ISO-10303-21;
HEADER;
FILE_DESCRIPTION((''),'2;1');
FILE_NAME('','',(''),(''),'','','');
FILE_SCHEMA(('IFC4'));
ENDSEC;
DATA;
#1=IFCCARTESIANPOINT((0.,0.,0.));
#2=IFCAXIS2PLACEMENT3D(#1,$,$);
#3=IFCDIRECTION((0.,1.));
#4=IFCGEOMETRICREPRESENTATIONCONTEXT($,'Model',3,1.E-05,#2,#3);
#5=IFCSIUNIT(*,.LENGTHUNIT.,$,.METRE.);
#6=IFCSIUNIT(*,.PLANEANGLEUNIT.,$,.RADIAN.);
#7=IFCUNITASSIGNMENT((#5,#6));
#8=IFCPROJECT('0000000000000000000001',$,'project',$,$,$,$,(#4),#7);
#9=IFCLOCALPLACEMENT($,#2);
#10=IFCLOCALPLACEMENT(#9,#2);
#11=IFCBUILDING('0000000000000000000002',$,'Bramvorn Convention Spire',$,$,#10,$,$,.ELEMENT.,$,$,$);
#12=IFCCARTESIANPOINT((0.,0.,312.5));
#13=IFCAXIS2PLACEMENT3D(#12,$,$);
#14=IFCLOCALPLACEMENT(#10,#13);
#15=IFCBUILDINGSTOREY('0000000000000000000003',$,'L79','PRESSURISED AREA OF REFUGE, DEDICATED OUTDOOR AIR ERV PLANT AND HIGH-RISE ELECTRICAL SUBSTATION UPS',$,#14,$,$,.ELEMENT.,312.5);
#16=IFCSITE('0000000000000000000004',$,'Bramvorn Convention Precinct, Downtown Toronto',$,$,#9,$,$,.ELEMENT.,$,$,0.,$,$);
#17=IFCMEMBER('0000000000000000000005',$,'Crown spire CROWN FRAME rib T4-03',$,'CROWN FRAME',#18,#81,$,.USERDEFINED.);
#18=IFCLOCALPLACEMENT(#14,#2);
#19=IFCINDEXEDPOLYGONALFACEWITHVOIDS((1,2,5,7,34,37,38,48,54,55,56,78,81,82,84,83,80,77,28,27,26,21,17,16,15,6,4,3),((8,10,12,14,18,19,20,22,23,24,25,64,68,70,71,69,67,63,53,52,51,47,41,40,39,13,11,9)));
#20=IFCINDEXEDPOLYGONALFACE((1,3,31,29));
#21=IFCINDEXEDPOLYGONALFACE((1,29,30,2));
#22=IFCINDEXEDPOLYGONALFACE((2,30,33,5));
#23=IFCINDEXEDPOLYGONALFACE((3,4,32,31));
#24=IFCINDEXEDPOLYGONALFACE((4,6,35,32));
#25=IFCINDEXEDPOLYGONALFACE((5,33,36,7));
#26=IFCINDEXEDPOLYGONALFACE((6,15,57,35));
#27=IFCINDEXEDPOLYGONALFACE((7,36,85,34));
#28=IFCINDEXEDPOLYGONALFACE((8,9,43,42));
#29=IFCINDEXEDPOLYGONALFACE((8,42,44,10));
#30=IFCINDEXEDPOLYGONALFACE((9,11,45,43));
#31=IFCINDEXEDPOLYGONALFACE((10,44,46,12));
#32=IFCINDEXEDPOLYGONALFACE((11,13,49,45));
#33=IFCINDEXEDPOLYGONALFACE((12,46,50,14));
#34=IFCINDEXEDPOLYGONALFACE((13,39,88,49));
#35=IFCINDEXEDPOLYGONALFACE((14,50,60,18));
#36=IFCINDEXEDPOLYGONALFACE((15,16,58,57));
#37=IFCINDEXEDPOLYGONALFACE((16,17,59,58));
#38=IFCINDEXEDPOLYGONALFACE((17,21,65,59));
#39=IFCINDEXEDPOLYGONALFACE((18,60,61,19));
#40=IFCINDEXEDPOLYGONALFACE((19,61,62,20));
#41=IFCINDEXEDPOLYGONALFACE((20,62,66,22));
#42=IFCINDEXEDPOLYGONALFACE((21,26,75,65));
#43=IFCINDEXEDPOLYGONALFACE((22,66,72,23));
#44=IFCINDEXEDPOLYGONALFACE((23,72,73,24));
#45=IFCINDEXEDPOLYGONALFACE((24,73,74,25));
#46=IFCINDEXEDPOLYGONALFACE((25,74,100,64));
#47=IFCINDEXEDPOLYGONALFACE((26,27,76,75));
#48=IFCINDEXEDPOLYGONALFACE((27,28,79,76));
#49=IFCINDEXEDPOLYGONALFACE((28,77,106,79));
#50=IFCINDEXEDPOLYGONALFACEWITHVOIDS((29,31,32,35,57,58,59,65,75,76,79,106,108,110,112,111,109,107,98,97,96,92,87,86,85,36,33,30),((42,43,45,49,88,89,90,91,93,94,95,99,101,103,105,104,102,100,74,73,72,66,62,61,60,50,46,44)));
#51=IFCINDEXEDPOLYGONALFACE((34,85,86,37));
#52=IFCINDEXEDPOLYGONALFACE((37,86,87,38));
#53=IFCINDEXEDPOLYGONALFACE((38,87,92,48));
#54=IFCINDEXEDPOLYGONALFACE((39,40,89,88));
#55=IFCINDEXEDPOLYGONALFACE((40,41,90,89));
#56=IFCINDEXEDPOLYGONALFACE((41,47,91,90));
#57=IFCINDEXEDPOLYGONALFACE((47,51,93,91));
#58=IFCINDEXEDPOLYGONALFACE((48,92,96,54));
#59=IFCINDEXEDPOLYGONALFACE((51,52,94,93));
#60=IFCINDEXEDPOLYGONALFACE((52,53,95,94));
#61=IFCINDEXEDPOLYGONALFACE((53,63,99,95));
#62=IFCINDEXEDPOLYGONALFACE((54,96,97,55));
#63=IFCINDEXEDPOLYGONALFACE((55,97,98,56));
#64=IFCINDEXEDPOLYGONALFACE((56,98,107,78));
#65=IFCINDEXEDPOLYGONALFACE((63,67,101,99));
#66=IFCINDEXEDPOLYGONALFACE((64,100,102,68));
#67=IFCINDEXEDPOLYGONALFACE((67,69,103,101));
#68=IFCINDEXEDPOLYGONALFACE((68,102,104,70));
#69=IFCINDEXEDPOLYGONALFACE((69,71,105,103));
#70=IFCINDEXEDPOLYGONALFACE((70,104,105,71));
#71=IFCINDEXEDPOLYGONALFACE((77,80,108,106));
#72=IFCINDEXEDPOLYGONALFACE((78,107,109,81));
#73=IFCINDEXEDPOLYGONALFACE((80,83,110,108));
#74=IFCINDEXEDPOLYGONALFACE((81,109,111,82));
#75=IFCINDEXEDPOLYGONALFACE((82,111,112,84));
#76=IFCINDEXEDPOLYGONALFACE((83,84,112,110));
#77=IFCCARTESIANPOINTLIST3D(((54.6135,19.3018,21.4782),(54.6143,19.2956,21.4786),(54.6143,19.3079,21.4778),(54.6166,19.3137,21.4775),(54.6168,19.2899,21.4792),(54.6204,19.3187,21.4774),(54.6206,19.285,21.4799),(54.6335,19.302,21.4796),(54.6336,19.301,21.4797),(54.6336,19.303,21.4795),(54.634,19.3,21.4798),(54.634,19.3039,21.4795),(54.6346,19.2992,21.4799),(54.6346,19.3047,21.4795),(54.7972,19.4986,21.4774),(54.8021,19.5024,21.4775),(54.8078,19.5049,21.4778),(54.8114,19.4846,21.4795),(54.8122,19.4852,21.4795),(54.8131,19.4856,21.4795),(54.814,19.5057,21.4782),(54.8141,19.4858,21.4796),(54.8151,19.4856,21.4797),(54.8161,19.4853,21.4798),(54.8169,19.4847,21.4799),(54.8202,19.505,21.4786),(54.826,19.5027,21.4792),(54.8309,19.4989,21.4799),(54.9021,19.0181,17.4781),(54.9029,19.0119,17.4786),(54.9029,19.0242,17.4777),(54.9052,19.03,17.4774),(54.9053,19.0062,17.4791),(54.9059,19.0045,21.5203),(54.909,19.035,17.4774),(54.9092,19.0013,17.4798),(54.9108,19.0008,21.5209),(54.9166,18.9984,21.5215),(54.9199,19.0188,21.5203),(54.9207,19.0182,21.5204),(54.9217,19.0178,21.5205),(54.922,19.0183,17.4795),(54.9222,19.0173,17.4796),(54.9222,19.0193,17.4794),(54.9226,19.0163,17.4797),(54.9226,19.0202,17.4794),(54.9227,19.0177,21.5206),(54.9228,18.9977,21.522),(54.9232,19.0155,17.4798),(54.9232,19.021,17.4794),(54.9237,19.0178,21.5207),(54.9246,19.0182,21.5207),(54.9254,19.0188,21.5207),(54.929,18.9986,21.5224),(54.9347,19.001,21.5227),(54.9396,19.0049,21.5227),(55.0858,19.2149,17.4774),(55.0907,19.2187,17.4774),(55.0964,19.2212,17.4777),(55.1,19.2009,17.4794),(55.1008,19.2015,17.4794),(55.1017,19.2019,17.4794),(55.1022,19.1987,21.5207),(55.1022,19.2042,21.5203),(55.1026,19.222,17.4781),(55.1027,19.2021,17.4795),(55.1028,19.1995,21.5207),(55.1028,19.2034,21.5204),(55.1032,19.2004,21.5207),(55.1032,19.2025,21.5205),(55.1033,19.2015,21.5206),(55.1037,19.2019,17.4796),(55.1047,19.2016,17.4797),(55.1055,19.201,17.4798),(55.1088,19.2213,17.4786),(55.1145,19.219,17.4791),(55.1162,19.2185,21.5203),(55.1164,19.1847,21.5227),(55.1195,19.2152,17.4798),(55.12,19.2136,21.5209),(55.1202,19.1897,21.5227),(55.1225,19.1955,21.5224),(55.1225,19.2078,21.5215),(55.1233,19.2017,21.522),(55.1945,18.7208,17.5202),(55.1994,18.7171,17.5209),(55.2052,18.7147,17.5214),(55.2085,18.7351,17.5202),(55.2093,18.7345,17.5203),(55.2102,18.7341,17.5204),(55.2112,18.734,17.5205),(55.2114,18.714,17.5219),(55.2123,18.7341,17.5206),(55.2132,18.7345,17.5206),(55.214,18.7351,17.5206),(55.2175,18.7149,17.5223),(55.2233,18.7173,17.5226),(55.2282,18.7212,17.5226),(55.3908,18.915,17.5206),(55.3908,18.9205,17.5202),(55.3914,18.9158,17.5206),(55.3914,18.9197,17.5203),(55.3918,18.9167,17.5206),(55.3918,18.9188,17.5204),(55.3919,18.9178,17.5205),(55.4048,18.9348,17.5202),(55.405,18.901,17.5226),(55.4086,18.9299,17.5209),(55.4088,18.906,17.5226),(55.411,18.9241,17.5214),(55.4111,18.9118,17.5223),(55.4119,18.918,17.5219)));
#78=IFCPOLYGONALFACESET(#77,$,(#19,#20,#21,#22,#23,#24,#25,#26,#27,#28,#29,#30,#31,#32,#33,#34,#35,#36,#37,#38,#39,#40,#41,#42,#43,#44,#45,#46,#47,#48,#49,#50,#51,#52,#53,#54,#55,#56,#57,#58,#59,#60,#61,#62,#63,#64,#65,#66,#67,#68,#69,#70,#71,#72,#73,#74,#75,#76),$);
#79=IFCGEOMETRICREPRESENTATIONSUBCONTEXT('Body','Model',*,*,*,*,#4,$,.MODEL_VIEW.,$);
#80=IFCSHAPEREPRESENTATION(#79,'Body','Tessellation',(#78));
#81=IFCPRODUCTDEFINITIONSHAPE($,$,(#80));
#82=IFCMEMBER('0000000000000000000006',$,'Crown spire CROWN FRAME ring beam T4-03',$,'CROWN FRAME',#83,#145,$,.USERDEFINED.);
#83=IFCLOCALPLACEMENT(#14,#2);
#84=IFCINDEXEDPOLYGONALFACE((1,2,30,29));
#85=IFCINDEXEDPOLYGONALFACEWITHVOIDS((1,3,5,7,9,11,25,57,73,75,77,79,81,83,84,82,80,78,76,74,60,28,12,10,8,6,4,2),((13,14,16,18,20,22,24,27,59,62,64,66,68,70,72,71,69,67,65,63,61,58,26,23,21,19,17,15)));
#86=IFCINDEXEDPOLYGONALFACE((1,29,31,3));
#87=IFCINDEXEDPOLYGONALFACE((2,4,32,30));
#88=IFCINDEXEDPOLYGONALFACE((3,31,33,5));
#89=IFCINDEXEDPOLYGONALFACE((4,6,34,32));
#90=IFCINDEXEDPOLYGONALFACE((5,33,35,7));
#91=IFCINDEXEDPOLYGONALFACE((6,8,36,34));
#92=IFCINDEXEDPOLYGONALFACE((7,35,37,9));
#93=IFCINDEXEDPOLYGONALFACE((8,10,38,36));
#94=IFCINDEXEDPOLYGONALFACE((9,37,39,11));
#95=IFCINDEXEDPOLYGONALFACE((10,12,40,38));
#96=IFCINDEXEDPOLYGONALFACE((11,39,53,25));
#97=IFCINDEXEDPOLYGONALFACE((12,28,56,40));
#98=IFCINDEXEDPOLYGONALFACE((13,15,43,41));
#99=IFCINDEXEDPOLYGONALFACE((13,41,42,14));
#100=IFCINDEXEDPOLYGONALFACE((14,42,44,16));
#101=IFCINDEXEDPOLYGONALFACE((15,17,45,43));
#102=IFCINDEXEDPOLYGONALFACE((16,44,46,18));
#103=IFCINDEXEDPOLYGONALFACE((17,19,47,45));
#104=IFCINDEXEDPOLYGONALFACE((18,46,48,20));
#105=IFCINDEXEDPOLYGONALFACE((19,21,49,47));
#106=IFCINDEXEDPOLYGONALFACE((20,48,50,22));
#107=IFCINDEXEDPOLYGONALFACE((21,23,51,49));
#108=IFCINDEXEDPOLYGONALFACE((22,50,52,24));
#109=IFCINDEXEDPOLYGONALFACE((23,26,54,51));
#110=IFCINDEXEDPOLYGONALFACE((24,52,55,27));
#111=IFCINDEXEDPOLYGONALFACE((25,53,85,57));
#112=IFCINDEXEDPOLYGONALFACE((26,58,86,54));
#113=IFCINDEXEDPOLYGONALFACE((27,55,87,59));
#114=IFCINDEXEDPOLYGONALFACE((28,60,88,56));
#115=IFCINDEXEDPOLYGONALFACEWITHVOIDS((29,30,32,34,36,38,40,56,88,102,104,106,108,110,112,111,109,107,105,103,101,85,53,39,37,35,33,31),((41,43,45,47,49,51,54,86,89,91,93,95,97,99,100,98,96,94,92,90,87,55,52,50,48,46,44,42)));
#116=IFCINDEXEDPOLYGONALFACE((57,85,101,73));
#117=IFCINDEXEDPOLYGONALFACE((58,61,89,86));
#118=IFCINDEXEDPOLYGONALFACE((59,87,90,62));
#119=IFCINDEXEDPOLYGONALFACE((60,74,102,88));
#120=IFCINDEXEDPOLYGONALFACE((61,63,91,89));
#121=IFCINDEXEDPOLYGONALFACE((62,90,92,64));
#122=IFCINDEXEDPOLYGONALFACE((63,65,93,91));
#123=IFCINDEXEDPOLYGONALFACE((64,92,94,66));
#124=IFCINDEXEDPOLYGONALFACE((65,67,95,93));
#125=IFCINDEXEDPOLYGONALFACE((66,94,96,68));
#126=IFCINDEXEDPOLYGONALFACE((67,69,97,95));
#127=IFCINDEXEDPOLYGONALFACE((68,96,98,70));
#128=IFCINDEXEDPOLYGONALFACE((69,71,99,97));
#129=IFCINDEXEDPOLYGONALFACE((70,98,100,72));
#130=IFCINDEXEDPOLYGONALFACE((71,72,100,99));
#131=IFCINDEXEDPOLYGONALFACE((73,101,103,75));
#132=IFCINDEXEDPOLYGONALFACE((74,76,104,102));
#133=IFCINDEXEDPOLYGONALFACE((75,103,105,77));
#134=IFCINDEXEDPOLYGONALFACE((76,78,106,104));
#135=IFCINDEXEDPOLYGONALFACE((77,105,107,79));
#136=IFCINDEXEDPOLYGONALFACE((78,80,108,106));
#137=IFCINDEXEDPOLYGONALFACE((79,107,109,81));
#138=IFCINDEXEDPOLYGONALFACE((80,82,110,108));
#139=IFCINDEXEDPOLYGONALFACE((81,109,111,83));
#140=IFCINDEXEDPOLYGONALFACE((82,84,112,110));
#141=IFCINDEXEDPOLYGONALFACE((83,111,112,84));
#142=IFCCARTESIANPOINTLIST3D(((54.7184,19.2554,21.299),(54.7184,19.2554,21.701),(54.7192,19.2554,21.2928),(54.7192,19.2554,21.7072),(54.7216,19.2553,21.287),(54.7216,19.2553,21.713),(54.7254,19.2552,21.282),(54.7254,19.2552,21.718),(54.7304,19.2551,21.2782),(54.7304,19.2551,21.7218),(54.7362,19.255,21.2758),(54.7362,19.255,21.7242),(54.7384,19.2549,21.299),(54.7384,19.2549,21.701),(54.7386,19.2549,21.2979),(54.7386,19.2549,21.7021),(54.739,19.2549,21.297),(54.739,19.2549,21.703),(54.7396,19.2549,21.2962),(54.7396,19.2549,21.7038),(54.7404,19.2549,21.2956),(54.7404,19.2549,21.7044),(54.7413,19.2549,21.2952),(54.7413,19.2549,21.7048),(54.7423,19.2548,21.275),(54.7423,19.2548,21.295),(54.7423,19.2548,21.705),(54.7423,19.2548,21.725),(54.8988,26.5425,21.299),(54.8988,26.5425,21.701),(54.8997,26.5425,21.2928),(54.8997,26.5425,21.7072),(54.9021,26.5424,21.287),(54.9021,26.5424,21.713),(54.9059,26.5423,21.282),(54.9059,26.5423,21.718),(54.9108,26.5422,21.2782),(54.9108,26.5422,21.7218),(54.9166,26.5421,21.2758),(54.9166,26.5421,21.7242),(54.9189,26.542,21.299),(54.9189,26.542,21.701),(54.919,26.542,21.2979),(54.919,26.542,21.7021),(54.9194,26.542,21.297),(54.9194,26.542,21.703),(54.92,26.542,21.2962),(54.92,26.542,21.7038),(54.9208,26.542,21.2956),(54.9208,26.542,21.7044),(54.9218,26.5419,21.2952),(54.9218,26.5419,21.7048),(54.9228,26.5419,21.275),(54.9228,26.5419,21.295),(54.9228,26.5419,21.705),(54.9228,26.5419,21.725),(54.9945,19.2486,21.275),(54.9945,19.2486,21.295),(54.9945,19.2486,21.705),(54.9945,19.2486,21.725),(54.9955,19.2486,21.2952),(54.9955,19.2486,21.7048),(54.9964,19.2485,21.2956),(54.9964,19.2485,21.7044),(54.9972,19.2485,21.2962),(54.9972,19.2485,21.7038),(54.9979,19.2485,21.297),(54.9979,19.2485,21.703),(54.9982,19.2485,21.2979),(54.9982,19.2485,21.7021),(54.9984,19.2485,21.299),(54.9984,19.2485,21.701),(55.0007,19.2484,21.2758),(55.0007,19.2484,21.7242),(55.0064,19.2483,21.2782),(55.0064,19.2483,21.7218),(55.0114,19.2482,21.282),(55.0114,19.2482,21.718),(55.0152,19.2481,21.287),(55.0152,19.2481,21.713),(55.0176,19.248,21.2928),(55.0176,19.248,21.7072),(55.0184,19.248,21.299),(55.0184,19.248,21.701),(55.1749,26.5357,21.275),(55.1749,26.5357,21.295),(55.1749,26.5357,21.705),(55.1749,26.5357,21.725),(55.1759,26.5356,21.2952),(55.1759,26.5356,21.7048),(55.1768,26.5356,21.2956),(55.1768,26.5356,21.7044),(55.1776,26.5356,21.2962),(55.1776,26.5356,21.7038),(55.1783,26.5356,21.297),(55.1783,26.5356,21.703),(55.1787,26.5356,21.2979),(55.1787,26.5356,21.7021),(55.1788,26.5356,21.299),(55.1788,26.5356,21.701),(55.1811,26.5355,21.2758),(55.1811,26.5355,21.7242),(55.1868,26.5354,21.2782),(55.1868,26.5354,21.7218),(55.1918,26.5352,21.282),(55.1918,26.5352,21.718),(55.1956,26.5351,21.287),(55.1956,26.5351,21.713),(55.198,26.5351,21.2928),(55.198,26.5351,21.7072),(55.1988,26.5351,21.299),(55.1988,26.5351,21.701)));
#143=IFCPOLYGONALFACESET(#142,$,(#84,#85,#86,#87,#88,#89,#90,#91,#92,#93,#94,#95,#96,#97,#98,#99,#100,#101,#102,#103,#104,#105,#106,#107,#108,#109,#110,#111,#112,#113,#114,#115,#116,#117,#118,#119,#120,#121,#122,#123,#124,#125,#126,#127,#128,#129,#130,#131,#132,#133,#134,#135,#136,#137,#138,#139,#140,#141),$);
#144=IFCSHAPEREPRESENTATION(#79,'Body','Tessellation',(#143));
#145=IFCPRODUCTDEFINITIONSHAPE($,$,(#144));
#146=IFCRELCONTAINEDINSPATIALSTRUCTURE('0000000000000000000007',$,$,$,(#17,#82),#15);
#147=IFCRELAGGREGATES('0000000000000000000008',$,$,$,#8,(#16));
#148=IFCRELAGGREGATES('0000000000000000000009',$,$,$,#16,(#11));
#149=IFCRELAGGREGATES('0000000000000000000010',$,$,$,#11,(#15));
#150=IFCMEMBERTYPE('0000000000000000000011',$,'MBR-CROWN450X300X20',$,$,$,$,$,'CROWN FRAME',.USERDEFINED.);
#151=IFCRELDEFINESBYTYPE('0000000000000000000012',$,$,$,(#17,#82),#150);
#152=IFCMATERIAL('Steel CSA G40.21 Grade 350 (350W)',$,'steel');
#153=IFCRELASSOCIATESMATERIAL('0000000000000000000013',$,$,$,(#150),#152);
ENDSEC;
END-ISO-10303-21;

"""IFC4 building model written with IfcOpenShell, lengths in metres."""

from ifc_helpers import new_model, si_unit, direction, frame, origin, origin_2d, place, context, subcontext, project, spatial, hollow_rectangle, extrude, material, material_profile, profile_set, type_object, element, save


model = new_model("IFC4")

# Units and contexts
model_context = context("Model", 3, precision=1e-05, world=origin(), true_north=direction((0.0, 1.0)))
body_context = subcontext(model_context, "Body", "Model", "MODEL_VIEW")
ifc_project = project(units=[si_unit("LENGTHUNIT", "METRE"), si_unit("PLANEANGLEUNIT", "RADIAN")], contexts=[model_context])

# Site, building, storey
site_placement = place(None, origin())
site = spatial("IfcSite", under=ifc_project, at=site_placement, Name="Bramvorn Convention Precinct, Downtown Toronto", CompositionType="ELEMENT", RefElevation=0.0)
building_placement = place(site_placement, origin())
building = spatial("IfcBuilding", under=site, at=building_placement, Name="Bramvorn Convention Spire", CompositionType="ELEMENT")
storey_placement = place(building_placement, frame((0.0, 0.0, 312.5)))
storey = spatial("IfcBuildingStorey", under=building, at=storey_placement, Name="L79", Description="PRESSURISED AREA OF REFUGE, DEDICATED OUTDOOR AIR ERV PLANT AND HIGH-RISE ELECTRICAL SUBSTATION UPS", CompositionType="ELEMENT", Elevation=312.5)

# Members
ifc_material_1 = material(Name="Steel CSA G40.21 Grade 350 (350W)", Category="steel")
ifc_material_profile = material_profile(ifc_material_1, hollow_rectangle(XDim=0.3, YDim=0.45, WallThickness=0.02, InnerFilletRadius=0.0039, OuterFilletRadius=0.0239, at=origin_2d()))
ifc_profile_set = profile_set([ifc_material_profile], Name="Steel CSA G40.21 Grade 350 (350W) - CROWN450X300X20")
member_type = type_object("IfcMemberType", Name="MBR-CROWN450X300X20", ElementType="CROWN FRAME", PredefinedType="USERDEFINED", material=ifc_profile_set)
member_1_placement = place(storey_placement, frame((55.157, 18.968, 17.5), z_axis=(-0.071777, 0.070563, 0.994922), x_axis=(-0.701048, -0.713114, 0.0)))
element("IfcMember", 1, at=member_1_placement, inside=storey, type_object=member_type, Name="Crown spire CROWN FRAME rib T4-03", ObjectType="CROWN FRAME", PredefinedType="USERDEFINED", context=body_context, shape_type="SweptSolid", body=[
    extrude(hollow_rectangle(XDim=0.3, YDim=0.45, WallThickness=0.02, InnerFilletRadius=0.0039, OuterFilletRadius=0.0239, at=origin_2d()), origin(), (0.0, 0.0, 1.0), 4.0205),
])
member_2_placement = place(storey_placement, frame((54.8684, 19.2517, 21.5), z_axis=(0.024751, 0.999694, 0.0), x_axis=(-0.999694, 0.024751, 0.0)))
element("IfcMember", 2, at=member_2_placement, inside=storey, type_object=member_type, Name="Crown spire CROWN FRAME ring beam T4-03", ObjectType="CROWN FRAME", PredefinedType="USERDEFINED", context=body_context, shape_type="SweptSolid", body=[
    extrude(hollow_rectangle(XDim=0.3, YDim=0.45, WallThickness=0.02, InnerFilletRadius=0.0039, OuterFilletRadius=0.0239, at=origin_2d()), origin(), (0.0, 0.0, 1.0), 7.2893),
])

save(model, "model.ifc")
